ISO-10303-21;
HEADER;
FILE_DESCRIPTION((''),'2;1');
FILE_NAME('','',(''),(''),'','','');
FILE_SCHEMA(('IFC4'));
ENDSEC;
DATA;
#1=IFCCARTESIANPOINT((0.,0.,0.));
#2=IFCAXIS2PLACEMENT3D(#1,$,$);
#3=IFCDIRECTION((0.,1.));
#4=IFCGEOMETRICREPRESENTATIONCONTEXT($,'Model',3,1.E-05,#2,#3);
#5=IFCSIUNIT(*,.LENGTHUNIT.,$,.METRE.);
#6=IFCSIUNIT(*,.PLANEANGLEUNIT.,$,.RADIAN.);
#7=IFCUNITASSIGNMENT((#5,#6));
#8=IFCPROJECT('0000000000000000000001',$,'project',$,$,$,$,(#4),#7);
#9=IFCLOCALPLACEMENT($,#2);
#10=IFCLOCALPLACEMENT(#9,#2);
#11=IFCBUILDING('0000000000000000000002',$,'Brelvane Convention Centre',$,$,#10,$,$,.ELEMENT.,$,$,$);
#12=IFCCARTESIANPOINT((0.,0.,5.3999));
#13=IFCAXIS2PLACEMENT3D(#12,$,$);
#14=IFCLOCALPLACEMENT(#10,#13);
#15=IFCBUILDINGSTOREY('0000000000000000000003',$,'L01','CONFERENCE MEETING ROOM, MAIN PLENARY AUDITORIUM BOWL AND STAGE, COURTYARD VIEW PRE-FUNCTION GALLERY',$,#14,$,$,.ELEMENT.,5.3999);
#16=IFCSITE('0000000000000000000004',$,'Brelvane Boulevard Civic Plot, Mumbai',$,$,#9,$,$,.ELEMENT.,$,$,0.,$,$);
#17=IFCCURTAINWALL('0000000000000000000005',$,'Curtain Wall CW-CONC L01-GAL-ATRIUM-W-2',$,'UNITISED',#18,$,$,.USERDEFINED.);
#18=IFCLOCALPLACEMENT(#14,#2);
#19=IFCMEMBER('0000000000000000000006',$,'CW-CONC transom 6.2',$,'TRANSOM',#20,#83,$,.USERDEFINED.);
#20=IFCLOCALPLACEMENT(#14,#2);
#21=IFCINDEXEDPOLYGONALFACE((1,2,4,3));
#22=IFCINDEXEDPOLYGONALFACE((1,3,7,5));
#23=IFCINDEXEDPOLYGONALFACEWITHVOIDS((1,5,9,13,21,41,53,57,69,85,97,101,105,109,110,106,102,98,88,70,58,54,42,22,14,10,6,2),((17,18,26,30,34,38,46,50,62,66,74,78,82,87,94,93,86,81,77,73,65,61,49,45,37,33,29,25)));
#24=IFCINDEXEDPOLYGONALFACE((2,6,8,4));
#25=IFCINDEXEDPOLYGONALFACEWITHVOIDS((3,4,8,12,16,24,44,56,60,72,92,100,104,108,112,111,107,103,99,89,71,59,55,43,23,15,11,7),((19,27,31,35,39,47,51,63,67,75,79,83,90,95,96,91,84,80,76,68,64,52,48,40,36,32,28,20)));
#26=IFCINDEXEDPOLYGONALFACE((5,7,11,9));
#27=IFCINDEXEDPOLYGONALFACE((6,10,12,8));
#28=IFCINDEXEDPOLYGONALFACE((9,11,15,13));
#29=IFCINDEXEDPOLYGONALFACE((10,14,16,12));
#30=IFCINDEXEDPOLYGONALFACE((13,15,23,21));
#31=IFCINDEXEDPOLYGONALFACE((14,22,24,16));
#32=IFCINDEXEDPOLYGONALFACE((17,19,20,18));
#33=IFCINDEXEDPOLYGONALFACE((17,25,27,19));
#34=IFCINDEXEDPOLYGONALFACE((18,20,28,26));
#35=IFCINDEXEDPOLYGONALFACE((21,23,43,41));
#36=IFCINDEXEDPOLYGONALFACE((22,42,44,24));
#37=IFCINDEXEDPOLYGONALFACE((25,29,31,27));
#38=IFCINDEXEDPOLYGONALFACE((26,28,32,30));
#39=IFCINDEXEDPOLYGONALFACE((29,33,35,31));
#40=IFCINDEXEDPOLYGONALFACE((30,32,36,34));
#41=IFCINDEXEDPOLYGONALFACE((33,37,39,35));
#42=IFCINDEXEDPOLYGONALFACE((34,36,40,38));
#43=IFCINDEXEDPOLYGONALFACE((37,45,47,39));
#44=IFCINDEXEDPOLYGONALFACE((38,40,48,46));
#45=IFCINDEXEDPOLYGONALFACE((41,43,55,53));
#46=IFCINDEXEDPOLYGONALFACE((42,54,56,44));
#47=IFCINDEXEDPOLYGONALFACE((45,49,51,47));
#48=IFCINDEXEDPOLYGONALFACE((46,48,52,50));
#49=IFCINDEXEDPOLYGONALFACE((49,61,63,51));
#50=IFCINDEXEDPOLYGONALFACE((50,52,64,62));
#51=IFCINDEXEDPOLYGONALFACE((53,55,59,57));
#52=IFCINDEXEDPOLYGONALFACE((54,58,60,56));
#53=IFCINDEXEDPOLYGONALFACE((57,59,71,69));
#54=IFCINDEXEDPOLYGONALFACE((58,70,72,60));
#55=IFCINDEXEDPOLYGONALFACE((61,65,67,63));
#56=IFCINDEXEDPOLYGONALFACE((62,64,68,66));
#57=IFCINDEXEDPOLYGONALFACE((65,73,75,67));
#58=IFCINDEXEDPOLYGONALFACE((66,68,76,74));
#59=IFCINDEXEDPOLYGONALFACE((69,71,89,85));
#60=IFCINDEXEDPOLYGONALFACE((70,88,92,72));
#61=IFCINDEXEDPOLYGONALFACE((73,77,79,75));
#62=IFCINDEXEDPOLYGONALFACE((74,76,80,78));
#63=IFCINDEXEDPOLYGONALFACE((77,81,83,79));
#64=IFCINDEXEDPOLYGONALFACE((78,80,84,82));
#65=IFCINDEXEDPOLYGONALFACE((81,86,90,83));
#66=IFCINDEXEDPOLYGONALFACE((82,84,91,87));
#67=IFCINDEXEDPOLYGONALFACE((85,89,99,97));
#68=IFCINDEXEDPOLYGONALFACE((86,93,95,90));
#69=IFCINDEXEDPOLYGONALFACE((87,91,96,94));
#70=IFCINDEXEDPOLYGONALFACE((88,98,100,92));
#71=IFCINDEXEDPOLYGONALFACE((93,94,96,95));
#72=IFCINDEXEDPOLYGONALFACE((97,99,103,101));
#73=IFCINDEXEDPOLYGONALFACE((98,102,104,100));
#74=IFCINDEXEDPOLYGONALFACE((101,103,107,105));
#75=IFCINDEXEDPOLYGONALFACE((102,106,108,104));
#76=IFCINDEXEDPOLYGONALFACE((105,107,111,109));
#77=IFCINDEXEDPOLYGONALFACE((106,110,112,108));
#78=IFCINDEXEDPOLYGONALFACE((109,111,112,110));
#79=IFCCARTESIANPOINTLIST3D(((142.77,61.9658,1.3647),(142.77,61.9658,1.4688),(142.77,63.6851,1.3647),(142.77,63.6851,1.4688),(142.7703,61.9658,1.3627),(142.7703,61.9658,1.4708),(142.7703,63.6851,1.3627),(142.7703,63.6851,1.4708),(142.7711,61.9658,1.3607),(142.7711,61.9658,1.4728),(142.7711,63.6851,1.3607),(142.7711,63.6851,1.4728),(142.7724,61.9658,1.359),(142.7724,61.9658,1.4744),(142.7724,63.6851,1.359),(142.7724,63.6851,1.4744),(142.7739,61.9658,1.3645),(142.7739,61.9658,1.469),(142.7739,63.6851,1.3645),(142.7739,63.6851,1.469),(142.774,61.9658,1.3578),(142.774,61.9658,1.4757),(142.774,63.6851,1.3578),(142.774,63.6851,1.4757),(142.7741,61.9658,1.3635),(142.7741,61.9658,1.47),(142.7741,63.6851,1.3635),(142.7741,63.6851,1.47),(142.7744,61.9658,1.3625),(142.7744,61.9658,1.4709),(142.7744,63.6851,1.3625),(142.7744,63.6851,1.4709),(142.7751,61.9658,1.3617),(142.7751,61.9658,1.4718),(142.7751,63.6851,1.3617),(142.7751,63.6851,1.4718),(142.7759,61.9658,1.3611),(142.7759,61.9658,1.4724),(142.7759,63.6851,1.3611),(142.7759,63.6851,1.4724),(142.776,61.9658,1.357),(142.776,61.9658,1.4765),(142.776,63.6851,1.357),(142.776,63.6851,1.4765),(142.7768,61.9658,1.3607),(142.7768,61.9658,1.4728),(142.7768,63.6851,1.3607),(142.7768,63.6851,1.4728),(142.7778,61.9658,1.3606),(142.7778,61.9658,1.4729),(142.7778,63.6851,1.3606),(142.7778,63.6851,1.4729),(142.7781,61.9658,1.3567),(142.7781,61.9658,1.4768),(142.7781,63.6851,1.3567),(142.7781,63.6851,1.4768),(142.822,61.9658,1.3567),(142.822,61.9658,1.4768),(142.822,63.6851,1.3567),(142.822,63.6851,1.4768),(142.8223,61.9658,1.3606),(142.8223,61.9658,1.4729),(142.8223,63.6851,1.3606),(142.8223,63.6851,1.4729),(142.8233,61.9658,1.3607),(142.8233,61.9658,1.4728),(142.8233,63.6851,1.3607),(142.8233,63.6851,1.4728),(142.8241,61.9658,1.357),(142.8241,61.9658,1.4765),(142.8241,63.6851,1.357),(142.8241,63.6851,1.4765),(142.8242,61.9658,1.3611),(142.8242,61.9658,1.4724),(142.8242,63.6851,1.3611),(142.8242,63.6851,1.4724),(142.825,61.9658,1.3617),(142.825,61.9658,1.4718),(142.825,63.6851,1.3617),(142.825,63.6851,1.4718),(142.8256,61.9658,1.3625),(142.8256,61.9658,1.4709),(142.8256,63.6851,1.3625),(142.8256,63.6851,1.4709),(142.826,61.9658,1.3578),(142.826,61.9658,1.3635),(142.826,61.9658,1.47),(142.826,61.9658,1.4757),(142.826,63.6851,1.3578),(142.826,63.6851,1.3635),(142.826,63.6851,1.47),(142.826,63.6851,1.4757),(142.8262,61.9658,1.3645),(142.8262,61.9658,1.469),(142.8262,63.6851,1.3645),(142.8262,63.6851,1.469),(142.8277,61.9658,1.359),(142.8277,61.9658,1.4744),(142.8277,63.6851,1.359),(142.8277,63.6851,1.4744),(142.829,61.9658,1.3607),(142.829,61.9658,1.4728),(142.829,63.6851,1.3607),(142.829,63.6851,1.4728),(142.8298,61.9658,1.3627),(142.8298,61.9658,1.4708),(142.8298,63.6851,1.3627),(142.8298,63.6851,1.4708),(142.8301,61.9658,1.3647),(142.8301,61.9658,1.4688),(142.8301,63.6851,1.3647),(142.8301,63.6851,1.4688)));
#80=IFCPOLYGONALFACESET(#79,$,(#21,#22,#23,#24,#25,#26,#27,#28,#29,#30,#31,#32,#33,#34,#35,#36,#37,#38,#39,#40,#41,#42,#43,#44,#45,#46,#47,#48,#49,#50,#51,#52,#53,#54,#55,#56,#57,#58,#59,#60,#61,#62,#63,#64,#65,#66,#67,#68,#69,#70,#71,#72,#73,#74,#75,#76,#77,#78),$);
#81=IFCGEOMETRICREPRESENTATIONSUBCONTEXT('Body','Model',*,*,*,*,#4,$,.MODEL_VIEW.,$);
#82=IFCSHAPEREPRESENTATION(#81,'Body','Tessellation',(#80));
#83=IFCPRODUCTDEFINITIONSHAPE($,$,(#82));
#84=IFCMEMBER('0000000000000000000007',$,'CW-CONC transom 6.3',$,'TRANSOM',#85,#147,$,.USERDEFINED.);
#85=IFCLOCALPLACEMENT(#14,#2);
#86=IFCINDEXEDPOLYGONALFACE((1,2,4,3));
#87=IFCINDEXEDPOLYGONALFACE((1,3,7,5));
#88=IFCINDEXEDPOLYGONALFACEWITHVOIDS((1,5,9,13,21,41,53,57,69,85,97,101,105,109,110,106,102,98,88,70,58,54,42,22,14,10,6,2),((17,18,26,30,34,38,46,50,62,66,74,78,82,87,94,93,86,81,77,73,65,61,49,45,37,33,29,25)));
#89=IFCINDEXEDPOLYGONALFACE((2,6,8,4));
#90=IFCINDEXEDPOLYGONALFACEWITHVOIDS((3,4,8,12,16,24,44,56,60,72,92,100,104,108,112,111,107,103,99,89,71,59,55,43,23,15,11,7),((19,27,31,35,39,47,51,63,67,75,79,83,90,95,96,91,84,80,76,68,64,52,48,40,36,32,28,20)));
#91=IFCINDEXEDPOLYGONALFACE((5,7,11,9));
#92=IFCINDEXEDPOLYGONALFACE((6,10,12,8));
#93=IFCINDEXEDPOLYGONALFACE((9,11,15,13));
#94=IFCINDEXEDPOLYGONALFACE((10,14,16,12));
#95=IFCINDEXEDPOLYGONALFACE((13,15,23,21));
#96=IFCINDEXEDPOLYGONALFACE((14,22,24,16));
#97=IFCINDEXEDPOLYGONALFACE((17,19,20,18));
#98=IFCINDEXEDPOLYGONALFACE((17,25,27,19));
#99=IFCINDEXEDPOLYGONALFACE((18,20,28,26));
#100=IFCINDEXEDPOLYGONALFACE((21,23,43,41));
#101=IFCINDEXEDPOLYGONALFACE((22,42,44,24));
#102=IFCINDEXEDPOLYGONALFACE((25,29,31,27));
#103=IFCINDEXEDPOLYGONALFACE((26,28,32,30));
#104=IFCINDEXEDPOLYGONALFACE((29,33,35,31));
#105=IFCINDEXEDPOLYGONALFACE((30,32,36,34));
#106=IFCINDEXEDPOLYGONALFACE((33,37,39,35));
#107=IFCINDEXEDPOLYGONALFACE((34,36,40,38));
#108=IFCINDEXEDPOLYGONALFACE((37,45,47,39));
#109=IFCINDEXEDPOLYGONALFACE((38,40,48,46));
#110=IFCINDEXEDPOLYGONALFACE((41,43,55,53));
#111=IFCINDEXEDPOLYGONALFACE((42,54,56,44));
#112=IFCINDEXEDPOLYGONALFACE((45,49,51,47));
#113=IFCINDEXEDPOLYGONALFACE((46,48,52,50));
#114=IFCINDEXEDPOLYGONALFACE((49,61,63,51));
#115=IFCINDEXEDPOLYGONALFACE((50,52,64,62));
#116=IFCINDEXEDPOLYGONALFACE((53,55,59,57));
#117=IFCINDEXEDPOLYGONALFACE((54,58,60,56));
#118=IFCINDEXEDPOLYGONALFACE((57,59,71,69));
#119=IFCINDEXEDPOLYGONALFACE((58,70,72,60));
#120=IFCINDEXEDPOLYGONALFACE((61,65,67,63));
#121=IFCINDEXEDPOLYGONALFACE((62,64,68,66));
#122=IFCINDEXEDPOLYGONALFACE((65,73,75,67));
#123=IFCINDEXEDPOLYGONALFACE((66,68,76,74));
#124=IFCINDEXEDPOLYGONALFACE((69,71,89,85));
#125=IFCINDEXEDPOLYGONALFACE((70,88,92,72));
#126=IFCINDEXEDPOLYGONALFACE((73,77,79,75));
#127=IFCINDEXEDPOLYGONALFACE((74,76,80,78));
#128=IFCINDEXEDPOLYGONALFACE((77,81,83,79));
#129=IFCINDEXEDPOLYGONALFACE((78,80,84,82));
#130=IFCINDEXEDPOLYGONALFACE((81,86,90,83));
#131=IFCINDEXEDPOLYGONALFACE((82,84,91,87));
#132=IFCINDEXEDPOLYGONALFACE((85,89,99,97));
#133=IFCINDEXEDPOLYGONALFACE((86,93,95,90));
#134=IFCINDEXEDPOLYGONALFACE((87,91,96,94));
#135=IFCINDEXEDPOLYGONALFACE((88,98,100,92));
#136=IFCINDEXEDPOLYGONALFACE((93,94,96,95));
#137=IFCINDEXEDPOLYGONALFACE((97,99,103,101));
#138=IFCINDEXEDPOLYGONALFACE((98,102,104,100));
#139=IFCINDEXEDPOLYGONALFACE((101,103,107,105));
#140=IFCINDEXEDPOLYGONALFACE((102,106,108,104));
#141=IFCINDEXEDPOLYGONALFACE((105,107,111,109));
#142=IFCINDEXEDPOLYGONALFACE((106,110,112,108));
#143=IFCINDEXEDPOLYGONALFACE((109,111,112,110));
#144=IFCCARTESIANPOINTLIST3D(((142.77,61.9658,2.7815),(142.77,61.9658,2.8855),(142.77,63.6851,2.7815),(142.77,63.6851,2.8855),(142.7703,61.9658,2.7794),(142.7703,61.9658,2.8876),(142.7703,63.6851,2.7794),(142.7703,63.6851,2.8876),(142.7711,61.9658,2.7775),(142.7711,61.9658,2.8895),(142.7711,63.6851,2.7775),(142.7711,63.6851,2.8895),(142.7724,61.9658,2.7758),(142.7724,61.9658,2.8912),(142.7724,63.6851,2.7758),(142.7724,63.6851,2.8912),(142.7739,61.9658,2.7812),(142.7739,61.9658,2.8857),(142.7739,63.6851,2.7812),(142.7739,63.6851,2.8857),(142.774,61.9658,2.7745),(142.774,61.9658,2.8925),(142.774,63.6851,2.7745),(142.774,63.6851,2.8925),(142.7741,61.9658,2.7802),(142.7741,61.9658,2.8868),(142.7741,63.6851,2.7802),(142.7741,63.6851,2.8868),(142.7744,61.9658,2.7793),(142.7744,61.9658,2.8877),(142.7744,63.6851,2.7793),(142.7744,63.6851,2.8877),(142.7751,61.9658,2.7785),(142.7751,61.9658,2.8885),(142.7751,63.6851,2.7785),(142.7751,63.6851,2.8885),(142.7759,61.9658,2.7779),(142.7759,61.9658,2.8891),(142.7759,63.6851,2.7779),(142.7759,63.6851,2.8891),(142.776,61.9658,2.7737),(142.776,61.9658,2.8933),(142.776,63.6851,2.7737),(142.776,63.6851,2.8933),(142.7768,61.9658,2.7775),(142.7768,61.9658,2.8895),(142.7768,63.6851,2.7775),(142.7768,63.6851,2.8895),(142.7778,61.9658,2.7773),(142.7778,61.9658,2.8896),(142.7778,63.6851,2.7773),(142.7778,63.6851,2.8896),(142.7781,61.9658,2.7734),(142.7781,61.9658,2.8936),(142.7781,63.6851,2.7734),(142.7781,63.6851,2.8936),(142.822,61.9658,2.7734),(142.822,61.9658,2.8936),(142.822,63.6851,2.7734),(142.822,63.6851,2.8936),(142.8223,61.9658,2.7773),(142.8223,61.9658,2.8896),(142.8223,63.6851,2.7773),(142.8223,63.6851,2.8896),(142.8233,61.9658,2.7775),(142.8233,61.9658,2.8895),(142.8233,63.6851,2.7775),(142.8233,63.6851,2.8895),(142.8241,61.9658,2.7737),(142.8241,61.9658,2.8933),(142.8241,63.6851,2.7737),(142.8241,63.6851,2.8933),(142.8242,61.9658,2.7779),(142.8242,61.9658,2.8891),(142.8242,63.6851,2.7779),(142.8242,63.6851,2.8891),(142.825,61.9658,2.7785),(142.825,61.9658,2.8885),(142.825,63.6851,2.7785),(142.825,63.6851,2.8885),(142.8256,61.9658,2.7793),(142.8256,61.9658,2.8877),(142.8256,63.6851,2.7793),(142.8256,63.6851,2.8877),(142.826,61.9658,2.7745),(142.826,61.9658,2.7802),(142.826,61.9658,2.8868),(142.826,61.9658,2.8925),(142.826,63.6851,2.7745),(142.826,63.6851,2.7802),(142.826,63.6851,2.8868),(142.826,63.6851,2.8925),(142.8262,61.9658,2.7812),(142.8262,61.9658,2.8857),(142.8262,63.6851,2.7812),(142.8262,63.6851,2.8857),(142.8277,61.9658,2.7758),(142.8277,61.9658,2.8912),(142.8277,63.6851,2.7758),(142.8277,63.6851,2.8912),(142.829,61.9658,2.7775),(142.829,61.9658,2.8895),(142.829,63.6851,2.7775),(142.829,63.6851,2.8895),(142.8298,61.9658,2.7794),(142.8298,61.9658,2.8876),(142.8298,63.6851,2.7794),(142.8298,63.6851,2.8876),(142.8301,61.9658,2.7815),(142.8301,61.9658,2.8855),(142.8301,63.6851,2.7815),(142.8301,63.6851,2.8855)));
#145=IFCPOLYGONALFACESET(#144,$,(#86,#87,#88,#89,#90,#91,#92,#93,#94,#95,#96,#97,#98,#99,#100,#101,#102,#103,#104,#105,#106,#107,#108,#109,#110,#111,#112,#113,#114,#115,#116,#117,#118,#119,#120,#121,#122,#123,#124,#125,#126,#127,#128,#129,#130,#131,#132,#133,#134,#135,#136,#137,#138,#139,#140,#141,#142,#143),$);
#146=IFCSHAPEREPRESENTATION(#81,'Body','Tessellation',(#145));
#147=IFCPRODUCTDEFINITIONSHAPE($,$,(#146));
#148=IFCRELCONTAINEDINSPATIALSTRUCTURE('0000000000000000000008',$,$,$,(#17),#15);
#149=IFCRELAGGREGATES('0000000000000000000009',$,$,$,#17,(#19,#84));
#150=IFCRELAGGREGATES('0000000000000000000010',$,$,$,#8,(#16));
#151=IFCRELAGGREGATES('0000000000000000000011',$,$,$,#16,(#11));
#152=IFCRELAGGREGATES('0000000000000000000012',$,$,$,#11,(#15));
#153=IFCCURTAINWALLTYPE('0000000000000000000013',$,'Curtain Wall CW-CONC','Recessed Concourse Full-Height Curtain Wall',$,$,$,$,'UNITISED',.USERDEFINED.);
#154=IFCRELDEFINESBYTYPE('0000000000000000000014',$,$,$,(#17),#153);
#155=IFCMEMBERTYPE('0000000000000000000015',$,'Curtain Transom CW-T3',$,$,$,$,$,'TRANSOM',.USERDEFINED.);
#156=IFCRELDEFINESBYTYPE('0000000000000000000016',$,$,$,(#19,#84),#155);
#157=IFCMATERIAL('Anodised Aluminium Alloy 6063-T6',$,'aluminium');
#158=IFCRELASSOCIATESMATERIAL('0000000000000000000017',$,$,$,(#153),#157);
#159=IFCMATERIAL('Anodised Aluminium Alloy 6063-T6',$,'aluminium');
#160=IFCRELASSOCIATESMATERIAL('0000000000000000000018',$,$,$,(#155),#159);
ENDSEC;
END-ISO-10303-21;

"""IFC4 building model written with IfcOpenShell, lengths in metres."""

from ifc_helpers import new_model, si_unit, direction, frame, origin, origin_2d, place, context, subcontext, project, spatial, hollow_rectangle, extrude, material, material_profile, profile_set, type_object, element, aggregate, save


model = new_model("IFC4")

# Units and contexts
model_context = context("Model", 3, precision=1e-05, world=origin(), true_north=direction((0.0, 1.0)))
body_context = subcontext(model_context, "Body", "Model", "MODEL_VIEW")
ifc_project = project(units=[si_unit("LENGTHUNIT", "METRE"), si_unit("PLANEANGLEUNIT", "RADIAN")], contexts=[model_context])

# Site, building, storey
site_placement = place(None, origin())
site = spatial("IfcSite", under=ifc_project, at=site_placement, Name="Brelvane Boulevard Civic Plot, Mumbai", CompositionType="ELEMENT", RefElevation=0.0)
building_placement = place(site_placement, origin())
building = spatial("IfcBuilding", under=site, at=building_placement, Name="Brelvane Convention Centre", CompositionType="ELEMENT")
storey_placement = place(building_placement, frame((0.0, 0.0, 5.3999)))
storey = spatial("IfcBuildingStorey", under=building, at=storey_placement, Name="L01", Description="CONFERENCE MEETING ROOM, MAIN PLENARY AUDITORIUM BOWL AND STAGE, COURTYARD VIEW PRE-FUNCTION GALLERY", CompositionType="ELEMENT", Elevation=5.3999)

# Curtain wall
ifc_material_1 = material(Name="Anodised Aluminium Alloy 6063-T6", Category="aluminium")
curtain_wall_type = type_object("IfcCurtainWallType", Name="Curtain Wall CW-CONC", Description="Recessed Concourse Full-Height Curtain Wall", ElementType="UNITISED", PredefinedType="USERDEFINED", material=ifc_material_1)
curtain_wall_1_placement = place(storey_placement, origin())
curtain_wall_1 = element("IfcCurtainWall", 1, at=curtain_wall_1_placement, inside=storey, type_object=curtain_wall_type, Name="Curtain Wall CW-CONC L01-GAL-ATRIUM-W-2", ObjectType="UNITISED", PredefinedType="USERDEFINED")

# Members
ifc_material_2 = material(Name="Anodised Aluminium Alloy 6063-T6", Category="aluminium")
ifc_material_profile_1 = material_profile(ifc_material_2, hollow_rectangle(XDim=0.0601, YDim=0.1201, WallThickness=0.0039, InnerFilletRadius=0.0039, OuterFilletRadius=0.0081, at=origin_2d()), Name="ALU-T 120x60x4.0")
ifc_profile_set_1 = profile_set([ifc_material_profile_1], Name="Anodised Aluminium Alloy 6063-T6")
member_type_1 = type_object("IfcMemberType", Name="Curtain Transom CW-T3", ElementType="TRANSOM", PredefinedType="USERDEFINED", material=ifc_profile_set_1)
member_1_placement = place(storey_placement, frame((142.8, 61.9658, 1.4167), z_axis=(0.0, 1.0, 0.0), x_axis=(-1.0, 0.0, 0.0)))
member_1 = element("IfcMember", 2, at=member_1_placement, type_object=member_type_1, Name="CW-CONC transom 6.2", ObjectType="TRANSOM", PredefinedType="USERDEFINED", context=body_context, shape_type="SweptSolid", body=[
    extrude(hollow_rectangle(XDim=0.0601, YDim=0.1201, WallThickness=0.0039, InnerFilletRadius=0.0039, OuterFilletRadius=0.0081, at=origin_2d()), origin(), (0.0, 0.0, 1.0), 1.7192),
])
member_2_placement = place(storey_placement, frame((142.8, 61.9658, 2.8335), z_axis=(0.0, 1.0, 0.0), x_axis=(-1.0, 0.0, 0.0)))
member_2 = element("IfcMember", 3, at=member_2_placement, type_object=member_type_1, Name="CW-CONC transom 6.3", ObjectType="TRANSOM", PredefinedType="USERDEFINED", context=body_context, shape_type="SweptSolid", body=[
    extrude(hollow_rectangle(XDim=0.0601, YDim=0.1201, WallThickness=0.0039, InnerFilletRadius=0.0039, OuterFilletRadius=0.0081, at=origin_2d()), origin(), (0.0, 0.0, 1.0), 1.7192),
])

aggregate(curtain_wall_1, [member_1, member_2])

save(model, "model.ifc")
